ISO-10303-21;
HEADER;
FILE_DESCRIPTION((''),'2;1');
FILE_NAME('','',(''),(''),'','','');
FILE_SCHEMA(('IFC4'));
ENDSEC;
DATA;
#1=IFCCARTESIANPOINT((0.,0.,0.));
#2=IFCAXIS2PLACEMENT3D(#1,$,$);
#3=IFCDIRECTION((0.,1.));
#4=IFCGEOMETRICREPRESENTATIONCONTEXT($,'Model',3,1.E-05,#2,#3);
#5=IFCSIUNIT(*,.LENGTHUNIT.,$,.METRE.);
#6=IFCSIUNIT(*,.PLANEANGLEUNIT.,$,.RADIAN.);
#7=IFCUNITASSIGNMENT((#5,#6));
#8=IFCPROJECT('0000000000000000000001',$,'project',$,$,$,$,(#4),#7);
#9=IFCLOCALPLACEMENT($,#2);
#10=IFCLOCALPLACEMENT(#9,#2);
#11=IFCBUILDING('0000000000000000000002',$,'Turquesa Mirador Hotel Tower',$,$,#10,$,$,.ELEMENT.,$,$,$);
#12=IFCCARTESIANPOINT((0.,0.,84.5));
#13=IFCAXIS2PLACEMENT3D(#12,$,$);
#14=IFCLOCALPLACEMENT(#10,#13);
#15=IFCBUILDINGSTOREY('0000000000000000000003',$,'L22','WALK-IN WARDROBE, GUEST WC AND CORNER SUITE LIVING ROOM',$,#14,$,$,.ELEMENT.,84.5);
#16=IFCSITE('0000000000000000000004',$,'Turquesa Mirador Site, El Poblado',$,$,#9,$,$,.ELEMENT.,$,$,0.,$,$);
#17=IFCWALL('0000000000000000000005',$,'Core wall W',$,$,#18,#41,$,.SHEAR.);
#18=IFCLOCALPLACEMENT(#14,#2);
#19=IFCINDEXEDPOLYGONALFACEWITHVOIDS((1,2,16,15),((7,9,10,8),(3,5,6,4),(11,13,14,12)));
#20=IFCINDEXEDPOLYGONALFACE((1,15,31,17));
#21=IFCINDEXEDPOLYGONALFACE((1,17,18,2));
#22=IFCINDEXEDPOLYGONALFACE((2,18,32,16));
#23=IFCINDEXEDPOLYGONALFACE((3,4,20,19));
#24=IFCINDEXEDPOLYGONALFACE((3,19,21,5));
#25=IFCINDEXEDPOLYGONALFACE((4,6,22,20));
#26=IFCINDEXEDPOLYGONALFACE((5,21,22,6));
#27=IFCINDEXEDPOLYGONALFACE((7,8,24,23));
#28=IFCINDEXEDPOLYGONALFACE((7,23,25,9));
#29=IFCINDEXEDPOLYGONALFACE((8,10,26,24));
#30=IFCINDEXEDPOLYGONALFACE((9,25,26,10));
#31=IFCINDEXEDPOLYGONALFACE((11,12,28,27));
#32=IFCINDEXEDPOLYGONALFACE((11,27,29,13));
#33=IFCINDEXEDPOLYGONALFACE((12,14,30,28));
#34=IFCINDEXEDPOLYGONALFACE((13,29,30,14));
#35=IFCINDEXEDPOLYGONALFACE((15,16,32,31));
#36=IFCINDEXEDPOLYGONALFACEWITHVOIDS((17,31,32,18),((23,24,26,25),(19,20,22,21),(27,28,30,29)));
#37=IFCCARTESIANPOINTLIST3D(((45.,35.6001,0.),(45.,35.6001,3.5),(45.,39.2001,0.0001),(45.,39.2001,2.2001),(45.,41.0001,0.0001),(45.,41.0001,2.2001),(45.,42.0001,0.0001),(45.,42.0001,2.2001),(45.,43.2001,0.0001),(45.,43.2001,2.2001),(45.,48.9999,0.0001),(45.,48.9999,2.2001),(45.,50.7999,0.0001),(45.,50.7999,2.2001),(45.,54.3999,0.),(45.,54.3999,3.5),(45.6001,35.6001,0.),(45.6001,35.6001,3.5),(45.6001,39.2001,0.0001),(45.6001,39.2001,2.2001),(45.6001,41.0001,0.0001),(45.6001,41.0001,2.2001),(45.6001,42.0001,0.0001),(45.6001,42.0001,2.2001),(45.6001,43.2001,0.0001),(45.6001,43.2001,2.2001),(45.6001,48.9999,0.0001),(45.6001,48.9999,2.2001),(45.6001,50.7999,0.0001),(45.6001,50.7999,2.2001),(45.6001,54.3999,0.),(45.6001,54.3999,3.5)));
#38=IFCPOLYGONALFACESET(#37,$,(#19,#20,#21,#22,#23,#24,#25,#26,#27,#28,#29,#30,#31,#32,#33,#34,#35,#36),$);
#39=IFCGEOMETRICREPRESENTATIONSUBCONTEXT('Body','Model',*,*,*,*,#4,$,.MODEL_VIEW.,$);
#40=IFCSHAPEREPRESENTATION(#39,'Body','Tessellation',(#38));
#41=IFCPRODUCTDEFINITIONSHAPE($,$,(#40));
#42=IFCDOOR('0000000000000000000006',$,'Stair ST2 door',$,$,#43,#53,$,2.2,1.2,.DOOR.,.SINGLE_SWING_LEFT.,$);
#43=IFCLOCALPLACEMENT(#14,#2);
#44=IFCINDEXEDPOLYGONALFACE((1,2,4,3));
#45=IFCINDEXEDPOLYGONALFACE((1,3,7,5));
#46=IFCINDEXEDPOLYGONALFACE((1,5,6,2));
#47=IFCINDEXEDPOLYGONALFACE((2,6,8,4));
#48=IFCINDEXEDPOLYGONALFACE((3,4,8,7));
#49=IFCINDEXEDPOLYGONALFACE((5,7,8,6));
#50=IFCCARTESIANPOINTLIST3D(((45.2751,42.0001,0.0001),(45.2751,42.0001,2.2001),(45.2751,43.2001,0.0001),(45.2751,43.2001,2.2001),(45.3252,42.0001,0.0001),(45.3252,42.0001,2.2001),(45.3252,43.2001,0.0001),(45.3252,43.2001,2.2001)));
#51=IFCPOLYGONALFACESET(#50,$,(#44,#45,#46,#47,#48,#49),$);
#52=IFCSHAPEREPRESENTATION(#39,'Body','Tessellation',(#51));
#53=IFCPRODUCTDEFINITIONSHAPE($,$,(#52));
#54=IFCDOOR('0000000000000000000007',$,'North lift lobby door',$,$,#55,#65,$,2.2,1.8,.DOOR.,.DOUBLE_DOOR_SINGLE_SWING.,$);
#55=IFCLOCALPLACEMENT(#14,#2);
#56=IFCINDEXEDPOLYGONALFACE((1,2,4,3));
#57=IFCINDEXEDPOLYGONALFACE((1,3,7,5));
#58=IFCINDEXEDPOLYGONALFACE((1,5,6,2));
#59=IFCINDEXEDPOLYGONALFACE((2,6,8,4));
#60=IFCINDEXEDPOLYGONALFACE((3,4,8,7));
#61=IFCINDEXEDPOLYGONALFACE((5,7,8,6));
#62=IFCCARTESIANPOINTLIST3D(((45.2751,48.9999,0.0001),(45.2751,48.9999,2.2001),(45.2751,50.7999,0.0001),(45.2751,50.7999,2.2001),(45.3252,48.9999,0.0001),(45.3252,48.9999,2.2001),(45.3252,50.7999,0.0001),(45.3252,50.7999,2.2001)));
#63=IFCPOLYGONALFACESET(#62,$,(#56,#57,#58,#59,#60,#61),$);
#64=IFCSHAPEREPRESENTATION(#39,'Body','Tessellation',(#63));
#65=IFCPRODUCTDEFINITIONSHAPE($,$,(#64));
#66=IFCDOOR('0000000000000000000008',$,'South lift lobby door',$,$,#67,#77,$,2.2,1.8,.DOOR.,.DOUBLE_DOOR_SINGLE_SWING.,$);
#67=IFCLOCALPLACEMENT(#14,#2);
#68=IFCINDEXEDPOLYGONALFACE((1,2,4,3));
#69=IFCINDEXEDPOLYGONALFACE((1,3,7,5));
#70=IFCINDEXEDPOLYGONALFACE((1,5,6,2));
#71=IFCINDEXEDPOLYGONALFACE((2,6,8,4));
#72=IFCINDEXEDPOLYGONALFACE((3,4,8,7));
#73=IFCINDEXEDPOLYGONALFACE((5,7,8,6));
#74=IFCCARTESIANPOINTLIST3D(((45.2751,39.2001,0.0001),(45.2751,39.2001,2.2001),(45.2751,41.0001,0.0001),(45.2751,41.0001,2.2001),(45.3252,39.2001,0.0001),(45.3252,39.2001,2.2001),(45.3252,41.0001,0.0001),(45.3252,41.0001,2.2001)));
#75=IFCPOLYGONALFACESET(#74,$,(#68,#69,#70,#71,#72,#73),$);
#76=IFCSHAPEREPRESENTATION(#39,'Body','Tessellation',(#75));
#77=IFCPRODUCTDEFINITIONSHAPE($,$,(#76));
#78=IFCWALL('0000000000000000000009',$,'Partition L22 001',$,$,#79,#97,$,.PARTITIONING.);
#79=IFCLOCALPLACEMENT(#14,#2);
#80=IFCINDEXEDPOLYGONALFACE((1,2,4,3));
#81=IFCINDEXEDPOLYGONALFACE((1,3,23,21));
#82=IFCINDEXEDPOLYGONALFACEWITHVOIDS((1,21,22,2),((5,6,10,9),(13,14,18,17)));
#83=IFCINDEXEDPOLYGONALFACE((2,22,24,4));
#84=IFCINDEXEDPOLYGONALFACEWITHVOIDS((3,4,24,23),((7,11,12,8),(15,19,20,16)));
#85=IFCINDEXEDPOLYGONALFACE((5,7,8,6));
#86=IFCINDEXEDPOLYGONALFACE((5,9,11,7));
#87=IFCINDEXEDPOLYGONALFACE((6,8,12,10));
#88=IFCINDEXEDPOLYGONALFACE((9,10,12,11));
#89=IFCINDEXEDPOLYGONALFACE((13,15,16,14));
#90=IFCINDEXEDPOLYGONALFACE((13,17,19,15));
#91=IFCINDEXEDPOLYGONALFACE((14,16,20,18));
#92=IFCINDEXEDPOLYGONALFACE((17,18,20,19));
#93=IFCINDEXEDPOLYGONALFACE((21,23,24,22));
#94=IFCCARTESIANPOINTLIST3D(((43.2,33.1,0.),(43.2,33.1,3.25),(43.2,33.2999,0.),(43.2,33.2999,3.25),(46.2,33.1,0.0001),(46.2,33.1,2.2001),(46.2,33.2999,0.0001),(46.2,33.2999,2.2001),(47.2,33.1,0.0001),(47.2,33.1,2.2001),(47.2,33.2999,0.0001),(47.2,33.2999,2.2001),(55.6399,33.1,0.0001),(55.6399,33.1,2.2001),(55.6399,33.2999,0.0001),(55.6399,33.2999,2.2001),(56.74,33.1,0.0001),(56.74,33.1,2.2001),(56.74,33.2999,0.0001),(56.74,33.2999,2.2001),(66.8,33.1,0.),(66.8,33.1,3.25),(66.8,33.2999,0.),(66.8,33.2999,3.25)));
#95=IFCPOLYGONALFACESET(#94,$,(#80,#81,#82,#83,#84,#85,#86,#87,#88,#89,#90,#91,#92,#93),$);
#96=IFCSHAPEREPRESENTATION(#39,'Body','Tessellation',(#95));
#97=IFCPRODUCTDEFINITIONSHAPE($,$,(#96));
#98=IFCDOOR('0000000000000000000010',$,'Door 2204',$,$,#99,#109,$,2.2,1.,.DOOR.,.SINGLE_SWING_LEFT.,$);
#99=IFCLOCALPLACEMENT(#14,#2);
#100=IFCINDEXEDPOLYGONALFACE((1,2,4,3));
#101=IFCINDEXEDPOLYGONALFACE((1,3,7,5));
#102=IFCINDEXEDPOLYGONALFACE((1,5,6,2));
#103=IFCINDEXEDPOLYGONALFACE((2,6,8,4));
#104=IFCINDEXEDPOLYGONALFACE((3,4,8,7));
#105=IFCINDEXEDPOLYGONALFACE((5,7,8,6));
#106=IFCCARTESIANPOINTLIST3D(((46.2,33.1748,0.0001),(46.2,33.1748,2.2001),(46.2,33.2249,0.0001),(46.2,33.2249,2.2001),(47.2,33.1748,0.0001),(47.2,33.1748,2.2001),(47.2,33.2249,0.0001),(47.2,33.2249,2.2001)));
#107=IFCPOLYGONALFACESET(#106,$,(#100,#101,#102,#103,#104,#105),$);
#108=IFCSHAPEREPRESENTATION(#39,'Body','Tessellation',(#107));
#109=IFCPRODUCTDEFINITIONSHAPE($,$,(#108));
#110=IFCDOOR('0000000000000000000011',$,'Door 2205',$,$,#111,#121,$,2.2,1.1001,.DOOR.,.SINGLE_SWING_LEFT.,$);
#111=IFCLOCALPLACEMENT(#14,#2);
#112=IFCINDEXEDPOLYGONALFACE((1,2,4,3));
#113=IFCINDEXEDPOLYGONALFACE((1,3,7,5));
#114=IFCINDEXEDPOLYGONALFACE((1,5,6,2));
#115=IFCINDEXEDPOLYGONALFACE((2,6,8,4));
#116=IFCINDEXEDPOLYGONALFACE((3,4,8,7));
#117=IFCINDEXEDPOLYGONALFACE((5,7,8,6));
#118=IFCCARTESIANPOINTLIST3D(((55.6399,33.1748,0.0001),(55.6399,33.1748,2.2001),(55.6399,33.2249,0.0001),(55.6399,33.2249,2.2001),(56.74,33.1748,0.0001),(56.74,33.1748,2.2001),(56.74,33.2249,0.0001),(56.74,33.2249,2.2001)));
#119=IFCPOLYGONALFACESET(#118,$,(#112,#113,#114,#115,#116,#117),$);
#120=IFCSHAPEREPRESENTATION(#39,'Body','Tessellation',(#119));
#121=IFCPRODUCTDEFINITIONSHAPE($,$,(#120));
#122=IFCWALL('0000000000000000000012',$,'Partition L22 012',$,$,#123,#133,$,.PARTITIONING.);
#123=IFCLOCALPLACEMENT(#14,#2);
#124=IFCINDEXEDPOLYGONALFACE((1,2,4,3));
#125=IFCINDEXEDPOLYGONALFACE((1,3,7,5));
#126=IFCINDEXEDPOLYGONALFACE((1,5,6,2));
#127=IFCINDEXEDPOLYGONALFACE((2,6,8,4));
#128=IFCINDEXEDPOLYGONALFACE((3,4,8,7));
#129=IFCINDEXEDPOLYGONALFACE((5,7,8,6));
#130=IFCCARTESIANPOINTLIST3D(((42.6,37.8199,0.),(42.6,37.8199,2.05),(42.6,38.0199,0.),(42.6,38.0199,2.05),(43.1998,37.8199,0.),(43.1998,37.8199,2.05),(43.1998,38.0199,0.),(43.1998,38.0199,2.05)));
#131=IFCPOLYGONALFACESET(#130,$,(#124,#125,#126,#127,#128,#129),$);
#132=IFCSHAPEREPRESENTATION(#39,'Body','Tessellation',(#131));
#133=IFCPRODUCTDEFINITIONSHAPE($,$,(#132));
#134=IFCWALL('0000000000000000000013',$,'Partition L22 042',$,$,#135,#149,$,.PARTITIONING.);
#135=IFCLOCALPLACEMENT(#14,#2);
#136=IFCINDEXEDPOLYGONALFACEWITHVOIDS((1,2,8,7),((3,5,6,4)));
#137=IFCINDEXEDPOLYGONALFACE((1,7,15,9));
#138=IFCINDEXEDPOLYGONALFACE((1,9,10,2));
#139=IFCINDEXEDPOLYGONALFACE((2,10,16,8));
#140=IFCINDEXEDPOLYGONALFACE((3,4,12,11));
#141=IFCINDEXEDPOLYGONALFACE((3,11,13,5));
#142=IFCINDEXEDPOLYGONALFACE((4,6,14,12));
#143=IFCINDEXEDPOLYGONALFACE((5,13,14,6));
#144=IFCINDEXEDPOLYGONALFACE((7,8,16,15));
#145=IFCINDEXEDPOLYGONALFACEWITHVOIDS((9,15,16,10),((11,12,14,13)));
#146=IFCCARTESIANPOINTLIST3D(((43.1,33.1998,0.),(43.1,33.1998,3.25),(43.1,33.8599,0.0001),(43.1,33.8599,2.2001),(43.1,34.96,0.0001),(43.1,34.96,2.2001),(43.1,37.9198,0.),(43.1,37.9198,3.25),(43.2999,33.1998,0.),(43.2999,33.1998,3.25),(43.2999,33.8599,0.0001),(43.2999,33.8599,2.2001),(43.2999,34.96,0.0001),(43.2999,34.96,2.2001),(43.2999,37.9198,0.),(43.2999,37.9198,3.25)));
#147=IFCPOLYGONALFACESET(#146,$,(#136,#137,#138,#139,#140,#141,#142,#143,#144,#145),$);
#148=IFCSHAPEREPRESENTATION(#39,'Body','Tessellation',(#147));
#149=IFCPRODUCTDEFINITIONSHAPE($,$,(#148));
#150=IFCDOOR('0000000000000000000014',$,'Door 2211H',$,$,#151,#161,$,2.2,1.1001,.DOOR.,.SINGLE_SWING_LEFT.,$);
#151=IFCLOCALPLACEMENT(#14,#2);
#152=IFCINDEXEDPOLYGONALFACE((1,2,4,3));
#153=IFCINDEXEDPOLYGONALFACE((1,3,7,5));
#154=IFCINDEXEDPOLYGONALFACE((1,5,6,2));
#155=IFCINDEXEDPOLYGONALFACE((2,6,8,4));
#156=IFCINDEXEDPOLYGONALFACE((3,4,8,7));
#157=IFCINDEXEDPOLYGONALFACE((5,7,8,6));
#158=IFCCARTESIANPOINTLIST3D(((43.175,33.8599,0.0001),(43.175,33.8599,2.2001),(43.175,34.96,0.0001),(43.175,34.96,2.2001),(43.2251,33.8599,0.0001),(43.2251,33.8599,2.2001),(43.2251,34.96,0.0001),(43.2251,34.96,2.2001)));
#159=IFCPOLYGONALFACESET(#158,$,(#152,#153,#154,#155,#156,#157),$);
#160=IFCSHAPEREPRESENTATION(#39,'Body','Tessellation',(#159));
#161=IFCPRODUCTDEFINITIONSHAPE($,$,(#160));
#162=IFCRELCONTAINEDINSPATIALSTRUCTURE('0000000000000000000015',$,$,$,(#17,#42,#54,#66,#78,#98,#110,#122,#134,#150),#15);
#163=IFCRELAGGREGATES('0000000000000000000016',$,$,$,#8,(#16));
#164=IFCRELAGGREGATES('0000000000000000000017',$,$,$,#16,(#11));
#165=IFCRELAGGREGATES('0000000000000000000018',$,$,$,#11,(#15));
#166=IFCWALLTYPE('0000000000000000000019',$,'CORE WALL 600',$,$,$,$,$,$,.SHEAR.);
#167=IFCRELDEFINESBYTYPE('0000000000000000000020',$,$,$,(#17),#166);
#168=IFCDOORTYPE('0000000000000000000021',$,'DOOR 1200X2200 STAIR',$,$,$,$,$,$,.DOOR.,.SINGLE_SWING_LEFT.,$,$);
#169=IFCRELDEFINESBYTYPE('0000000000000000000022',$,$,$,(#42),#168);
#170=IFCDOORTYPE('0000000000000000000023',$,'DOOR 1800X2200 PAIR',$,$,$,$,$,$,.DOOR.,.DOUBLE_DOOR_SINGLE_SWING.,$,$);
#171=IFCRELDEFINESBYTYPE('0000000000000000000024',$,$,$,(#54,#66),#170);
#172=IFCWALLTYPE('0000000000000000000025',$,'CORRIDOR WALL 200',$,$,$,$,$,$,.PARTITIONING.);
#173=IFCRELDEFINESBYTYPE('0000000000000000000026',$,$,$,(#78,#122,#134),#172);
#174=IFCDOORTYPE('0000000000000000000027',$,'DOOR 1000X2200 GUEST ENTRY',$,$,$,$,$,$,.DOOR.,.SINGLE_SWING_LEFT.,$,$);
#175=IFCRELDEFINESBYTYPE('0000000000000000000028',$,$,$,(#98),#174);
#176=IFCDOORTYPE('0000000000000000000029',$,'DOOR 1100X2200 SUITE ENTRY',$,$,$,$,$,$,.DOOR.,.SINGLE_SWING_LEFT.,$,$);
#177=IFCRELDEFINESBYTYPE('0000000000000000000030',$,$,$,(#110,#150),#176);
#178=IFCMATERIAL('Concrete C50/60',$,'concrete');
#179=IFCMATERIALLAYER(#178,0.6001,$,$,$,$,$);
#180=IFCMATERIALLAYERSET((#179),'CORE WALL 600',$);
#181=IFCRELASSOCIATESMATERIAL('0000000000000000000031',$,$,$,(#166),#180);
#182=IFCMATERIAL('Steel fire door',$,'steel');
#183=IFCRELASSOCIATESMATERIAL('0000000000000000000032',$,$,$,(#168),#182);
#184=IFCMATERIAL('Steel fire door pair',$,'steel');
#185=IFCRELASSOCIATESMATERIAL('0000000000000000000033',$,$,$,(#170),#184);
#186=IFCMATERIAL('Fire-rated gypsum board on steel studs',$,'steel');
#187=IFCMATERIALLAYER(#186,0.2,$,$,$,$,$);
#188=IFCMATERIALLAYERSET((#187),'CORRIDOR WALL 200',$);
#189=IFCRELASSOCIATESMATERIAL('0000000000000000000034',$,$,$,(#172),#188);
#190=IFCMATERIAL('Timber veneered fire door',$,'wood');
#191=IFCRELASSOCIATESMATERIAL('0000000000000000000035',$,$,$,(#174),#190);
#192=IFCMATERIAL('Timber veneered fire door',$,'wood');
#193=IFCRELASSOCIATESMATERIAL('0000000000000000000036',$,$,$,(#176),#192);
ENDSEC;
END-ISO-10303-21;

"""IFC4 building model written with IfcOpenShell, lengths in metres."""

from ifc_helpers import new_model, si_unit, direction, frame, frame_2d, origin, place, context, subcontext, project, spatial, rectangle, extrude, material, layer, layer_set, type_object, element, fill, save


model = new_model("IFC4")

# Units and contexts
model_context = context("Model", 3, precision=1e-05, world=origin(), true_north=direction((0.0, 1.0)))
body_context = subcontext(model_context, "Body", "Model", "MODEL_VIEW")
ifc_project = project(units=[si_unit("LENGTHUNIT", "METRE"), si_unit("PLANEANGLEUNIT", "RADIAN")], contexts=[model_context])

# Site, building, storey
site_placement = place(None, origin())
site = spatial("IfcSite", under=ifc_project, at=site_placement, Name="Turquesa Mirador Site, El Poblado", CompositionType="ELEMENT", RefElevation=0.0)
building_placement = place(site_placement, origin())
building = spatial("IfcBuilding", under=site, at=building_placement, Name="Turquesa Mirador Hotel Tower", CompositionType="ELEMENT")
storey_placement = place(building_placement, frame((0.0, 0.0, 84.5)))
storey = spatial("IfcBuildingStorey", under=building, at=storey_placement, Name="L22", Description="WALK-IN WARDROBE, GUEST WC AND CORNER SUITE LIVING ROOM", CompositionType="ELEMENT", Elevation=84.5)

# Shared definitions
ifc_material_1 = material(Name="Concrete C50/60", Category="concrete")
ifc_layer_1 = layer(ifc_material_1, 0.6001)
ifc_layer_set_1 = layer_set([ifc_layer_1], Name="CORE WALL 600")
wall_type_1 = type_object("IfcWallType", Name="CORE WALL 600", PredefinedType="SHEAR", material=ifc_layer_set_1)

# Walls, openings, doors
wall_1_placement = place(storey_placement, frame((45.3, 35.6001, 0.0), z_axis=(0.0, 0.0, 1.0), x_axis=(0.0, 1.0, 0.0)))
wall_1 = element("IfcWall", 1, at=wall_1_placement, inside=storey, type_object=wall_type_1, Name="Core wall W", PredefinedType="SHEAR", context=body_context, shape_type="SweptSolid", body=[
    extrude(rectangle(XDim=18.7998, YDim=0.6001, at=frame_2d((9.3999, 0.0))), origin(), (0.0, 0.0, 1.0), 3.5),
])
opening_1_placement = place(wall_1_placement, frame((13.3999, 0.0, 0.0)))
opening_1 = element("IfcOpeningElement", 2, at=opening_1_placement, cuts=wall_1, PredefinedType="OPENING", context=body_context, shape_type="SweptSolid", body=[
    extrude(rectangle(XDim=1.8, YDim=2.2, at=frame_2d((0.8999, 1.1001))), frame((0.0, 0.3101, 0.0), z_axis=(0.0, -1.0, 0.0), x_axis=(1.0, 0.0, 0.0)), (0.0, 0.0, 1.0), 0.6201),
])
opening_2_placement = place(wall_1_placement, frame((3.6001, 0.0, 0.0)))
opening_2 = element("IfcOpeningElement", 3, at=opening_2_placement, cuts=wall_1, PredefinedType="OPENING", context=body_context, shape_type="SweptSolid", body=[
    extrude(rectangle(XDim=1.8, YDim=2.2, at=frame_2d((0.8999, 1.1001))), frame((0.0, 0.3101, 0.0), z_axis=(0.0, -1.0, 0.0), x_axis=(1.0, 0.0, 0.0)), (0.0, 0.0, 1.0), 0.6201),
])
opening_3_placement = place(wall_1_placement, frame((6.3999, 0.0, 0.0)))
opening_3 = element("IfcOpeningElement", 4, at=opening_3_placement, cuts=wall_1, PredefinedType="OPENING", context=body_context, shape_type="SweptSolid", body=[
    extrude(rectangle(XDim=1.2, YDim=2.2, at=frame_2d((0.6001, 1.1001))), frame((0.0, 0.3101, 0.0), z_axis=(0.0, -1.0, 0.0), x_axis=(1.0, 0.0, 0.0)), (0.0, 0.0, 1.0), 0.6201),
])
ifc_material_2 = material(Name="Steel fire door", Category="steel")
door_type_1 = type_object("IfcDoorType", Name="DOOR 1200X2200 STAIR", OperationType="SINGLE_SWING_LEFT", PredefinedType="DOOR", material=ifc_material_2)
door_1_placement = place(opening_3_placement, origin())
door_1 = element("IfcDoor", 5, at=door_1_placement, inside=storey, type_object=door_type_1, Name="Stair ST2 door", OperationType="SINGLE_SWING_LEFT", OverallHeight=2.2, OverallWidth=1.2, PredefinedType="DOOR", context=body_context, shape_type="SweptSolid", body=[
    extrude(rectangle(XDim=1.2, YDim=2.2, at=frame_2d((0.6001, 1.1001))), frame((0.0, 0.0249, 0.0), z_axis=(0.0, -1.0, 0.0), x_axis=(1.0, 0.0, 0.0)), (0.0, 0.0, 1.0), 0.05),
])
fill(opening_3, door_1)
ifc_material_3 = material(Name="Steel fire door pair", Category="steel")
door_type_2 = type_object("IfcDoorType", Name="DOOR 1800X2200 PAIR", OperationType="DOUBLE_DOOR_SINGLE_SWING", PredefinedType="DOOR", material=ifc_material_3)
door_2_placement = place(opening_1_placement, origin())
door_2 = element("IfcDoor", 6, at=door_2_placement, inside=storey, type_object=door_type_2, Name="North lift lobby door", OperationType="DOUBLE_DOOR_SINGLE_SWING", OverallHeight=2.2, OverallWidth=1.8, PredefinedType="DOOR", context=body_context, shape_type="SweptSolid", body=[
    extrude(rectangle(XDim=1.8, YDim=2.2, at=frame_2d((0.8999, 1.1001))), frame((0.0, 0.0249, 0.0), z_axis=(0.0, -1.0, 0.0), x_axis=(1.0, 0.0, 0.0)), (0.0, 0.0, 1.0), 0.05),
])
fill(opening_1, door_2)
door_3_placement = place(opening_2_placement, origin())
door_3 = element("IfcDoor", 7, at=door_3_placement, inside=storey, type_object=door_type_2, Name="South lift lobby door", OperationType="DOUBLE_DOOR_SINGLE_SWING", OverallHeight=2.2, OverallWidth=1.8, PredefinedType="DOOR", context=body_context, shape_type="SweptSolid", body=[
    extrude(rectangle(XDim=1.8, YDim=2.2, at=frame_2d((0.8999, 1.1001))), frame((0.0, 0.0249, 0.0), z_axis=(0.0, -1.0, 0.0), x_axis=(1.0, 0.0, 0.0)), (0.0, 0.0, 1.0), 0.05),
])
fill(opening_2, door_3)
ifc_material_4 = material(Name="Fire-rated gypsum board on steel studs", Category="steel")
ifc_layer_2 = layer(ifc_material_4, 0.2)
ifc_layer_set_2 = layer_set([ifc_layer_2], Name="CORRIDOR WALL 200")
wall_type_2 = type_object("IfcWallType", Name="CORRIDOR WALL 200", PredefinedType="PARTITIONING", material=ifc_layer_set_2)
wall_2_placement = place(storey_placement, frame((43.2, 33.2, 0.0), z_axis=(0.0, 0.0, 1.0), x_axis=(1.0, 0.0, 0.0)))
wall_2 = element("IfcWall", 8, at=wall_2_placement, inside=storey, type_object=wall_type_2, Name="Partition L22 001", PredefinedType="PARTITIONING", context=body_context, shape_type="SweptSolid", body=[
    extrude(rectangle(XDim=23.6001, YDim=0.2, at=frame_2d((11.8, 0.0))), origin(), (0.0, 0.0, 1.0), 3.25),
])
opening_4_placement = place(wall_2_placement, frame((3.0, 0.0, 0.0)))
opening_4 = element("IfcOpeningElement", 9, at=opening_4_placement, cuts=wall_2, PredefinedType="OPENING", context=body_context, shape_type="SweptSolid", body=[
    extrude(rectangle(XDim=1.0, YDim=2.2, at=frame_2d((0.5, 1.1001))), frame((0.0, 0.1099, 0.0), z_axis=(0.0, -1.0, 0.0), x_axis=(1.0, 0.0, 0.0)), (0.0, 0.0, 1.0), 0.22),
])
opening_5_placement = place(wall_2_placement, frame((12.4399, 0.0, 0.0)))
opening_5 = element("IfcOpeningElement", 10, at=opening_5_placement, cuts=wall_2, PredefinedType="OPENING", context=body_context, shape_type="SweptSolid", body=[
    extrude(rectangle(XDim=1.1001, YDim=2.2, at=frame_2d((0.55, 1.1001))), frame((0.0, 0.1099, 0.0), z_axis=(0.0, -1.0, 0.0), x_axis=(1.0, 0.0, 0.0)), (0.0, 0.0, 1.0), 0.22),
])
ifc_material_5 = material(Name="Timber veneered fire door", Category="wood")
door_type_3 = type_object("IfcDoorType", Name="DOOR 1000X2200 GUEST ENTRY", OperationType="SINGLE_SWING_LEFT", PredefinedType="DOOR", material=ifc_material_5)
door_4_placement = place(opening_4_placement, origin())
door_4 = element("IfcDoor", 11, at=door_4_placement, inside=storey, type_object=door_type_3, Name="Door 2204", OperationType="SINGLE_SWING_LEFT", OverallHeight=2.2, OverallWidth=1.0, PredefinedType="DOOR", context=body_context, shape_type="SweptSolid", body=[
    extrude(rectangle(XDim=1.0, YDim=2.2, at=frame_2d((0.5, 1.1001))), frame((0.0, 0.0249, 0.0), z_axis=(0.0, -1.0, 0.0), x_axis=(1.0, 0.0, 0.0)), (0.0, 0.0, 1.0), 0.05),
])
fill(opening_4, door_4)
ifc_material_6 = material(Name="Timber veneered fire door", Category="wood")
door_type_4 = type_object("IfcDoorType", Name="DOOR 1100X2200 SUITE ENTRY", OperationType="SINGLE_SWING_LEFT", PredefinedType="DOOR", material=ifc_material_6)
door_5_placement = place(opening_5_placement, origin())
door_5 = element("IfcDoor", 12, at=door_5_placement, inside=storey, type_object=door_type_4, Name="Door 2205", OperationType="SINGLE_SWING_LEFT", OverallHeight=2.2, OverallWidth=1.1001, PredefinedType="DOOR", context=body_context, shape_type="SweptSolid", body=[
    extrude(rectangle(XDim=1.1001, YDim=2.2, at=frame_2d((0.55, 1.1001))), frame((0.0, 0.0249, 0.0), z_axis=(0.0, -1.0, 0.0), x_axis=(1.0, 0.0, 0.0)), (0.0, 0.0, 1.0), 0.05),
])
fill(opening_5, door_5)

# Wall
wall_3_placement = place(storey_placement, frame((42.6001, 37.9199, 0.0), z_axis=(0.0, 0.0, 1.0), x_axis=(1.0, 0.0, 0.0)))
element("IfcWall", 13, at=wall_3_placement, inside=storey, type_object=wall_type_2, Name="Partition L22 012", PredefinedType="PARTITIONING", context=body_context, shape_type="SweptSolid", body=[
    extrude(rectangle(XDim=0.5999, YDim=0.2, at=frame_2d((0.2998, 0.0))), origin(), (0.0, 0.0, 1.0), 2.05),
])

# Wall, opening, door
wall_4_placement = place(storey_placement, frame((43.2, 33.2, 0.0), z_axis=(0.0, 0.0, 1.0), x_axis=(0.0, 1.0, 0.0)))
wall_4 = element("IfcWall", 14, at=wall_4_placement, inside=storey, type_object=wall_type_2, Name="Partition L22 042", PredefinedType="PARTITIONING", context=body_context, shape_type="SweptSolid", body=[
    extrude(rectangle(XDim=4.72, YDim=0.2, at=frame_2d((2.3599, 0.0))), origin(), (0.0, 0.0, 1.0), 3.25),
])
opening_6_placement = place(wall_4_placement, frame((0.6599, 0.0, 0.0)))
opening_6 = element("IfcOpeningElement", 15, at=opening_6_placement, cuts=wall_4, PredefinedType="OPENING", context=body_context, shape_type="SweptSolid", body=[
    extrude(rectangle(XDim=1.1001, YDim=2.2, at=frame_2d((0.55, 1.1001))), frame((0.0, 0.1099, 0.0), z_axis=(0.0, -1.0, 0.0), x_axis=(1.0, 0.0, 0.0)), (0.0, 0.0, 1.0), 0.22),
])
door_6_placement = place(opening_6_placement, origin())
door_6 = element("IfcDoor", 16, at=door_6_placement, inside=storey, type_object=door_type_4, Name="Door 2211H", OperationType="SINGLE_SWING_LEFT", OverallHeight=2.2, OverallWidth=1.1001, PredefinedType="DOOR", context=body_context, shape_type="SweptSolid", body=[
    extrude(rectangle(XDim=1.1001, YDim=2.2, at=frame_2d((0.55, 1.1001))), frame((0.0, 0.0249, 0.0), z_axis=(0.0, -1.0, 0.0), x_axis=(1.0, 0.0, 0.0)), (0.0, 0.0, 1.0), 0.05),
])
fill(opening_6, door_6)

save(model, "model.ifc")
